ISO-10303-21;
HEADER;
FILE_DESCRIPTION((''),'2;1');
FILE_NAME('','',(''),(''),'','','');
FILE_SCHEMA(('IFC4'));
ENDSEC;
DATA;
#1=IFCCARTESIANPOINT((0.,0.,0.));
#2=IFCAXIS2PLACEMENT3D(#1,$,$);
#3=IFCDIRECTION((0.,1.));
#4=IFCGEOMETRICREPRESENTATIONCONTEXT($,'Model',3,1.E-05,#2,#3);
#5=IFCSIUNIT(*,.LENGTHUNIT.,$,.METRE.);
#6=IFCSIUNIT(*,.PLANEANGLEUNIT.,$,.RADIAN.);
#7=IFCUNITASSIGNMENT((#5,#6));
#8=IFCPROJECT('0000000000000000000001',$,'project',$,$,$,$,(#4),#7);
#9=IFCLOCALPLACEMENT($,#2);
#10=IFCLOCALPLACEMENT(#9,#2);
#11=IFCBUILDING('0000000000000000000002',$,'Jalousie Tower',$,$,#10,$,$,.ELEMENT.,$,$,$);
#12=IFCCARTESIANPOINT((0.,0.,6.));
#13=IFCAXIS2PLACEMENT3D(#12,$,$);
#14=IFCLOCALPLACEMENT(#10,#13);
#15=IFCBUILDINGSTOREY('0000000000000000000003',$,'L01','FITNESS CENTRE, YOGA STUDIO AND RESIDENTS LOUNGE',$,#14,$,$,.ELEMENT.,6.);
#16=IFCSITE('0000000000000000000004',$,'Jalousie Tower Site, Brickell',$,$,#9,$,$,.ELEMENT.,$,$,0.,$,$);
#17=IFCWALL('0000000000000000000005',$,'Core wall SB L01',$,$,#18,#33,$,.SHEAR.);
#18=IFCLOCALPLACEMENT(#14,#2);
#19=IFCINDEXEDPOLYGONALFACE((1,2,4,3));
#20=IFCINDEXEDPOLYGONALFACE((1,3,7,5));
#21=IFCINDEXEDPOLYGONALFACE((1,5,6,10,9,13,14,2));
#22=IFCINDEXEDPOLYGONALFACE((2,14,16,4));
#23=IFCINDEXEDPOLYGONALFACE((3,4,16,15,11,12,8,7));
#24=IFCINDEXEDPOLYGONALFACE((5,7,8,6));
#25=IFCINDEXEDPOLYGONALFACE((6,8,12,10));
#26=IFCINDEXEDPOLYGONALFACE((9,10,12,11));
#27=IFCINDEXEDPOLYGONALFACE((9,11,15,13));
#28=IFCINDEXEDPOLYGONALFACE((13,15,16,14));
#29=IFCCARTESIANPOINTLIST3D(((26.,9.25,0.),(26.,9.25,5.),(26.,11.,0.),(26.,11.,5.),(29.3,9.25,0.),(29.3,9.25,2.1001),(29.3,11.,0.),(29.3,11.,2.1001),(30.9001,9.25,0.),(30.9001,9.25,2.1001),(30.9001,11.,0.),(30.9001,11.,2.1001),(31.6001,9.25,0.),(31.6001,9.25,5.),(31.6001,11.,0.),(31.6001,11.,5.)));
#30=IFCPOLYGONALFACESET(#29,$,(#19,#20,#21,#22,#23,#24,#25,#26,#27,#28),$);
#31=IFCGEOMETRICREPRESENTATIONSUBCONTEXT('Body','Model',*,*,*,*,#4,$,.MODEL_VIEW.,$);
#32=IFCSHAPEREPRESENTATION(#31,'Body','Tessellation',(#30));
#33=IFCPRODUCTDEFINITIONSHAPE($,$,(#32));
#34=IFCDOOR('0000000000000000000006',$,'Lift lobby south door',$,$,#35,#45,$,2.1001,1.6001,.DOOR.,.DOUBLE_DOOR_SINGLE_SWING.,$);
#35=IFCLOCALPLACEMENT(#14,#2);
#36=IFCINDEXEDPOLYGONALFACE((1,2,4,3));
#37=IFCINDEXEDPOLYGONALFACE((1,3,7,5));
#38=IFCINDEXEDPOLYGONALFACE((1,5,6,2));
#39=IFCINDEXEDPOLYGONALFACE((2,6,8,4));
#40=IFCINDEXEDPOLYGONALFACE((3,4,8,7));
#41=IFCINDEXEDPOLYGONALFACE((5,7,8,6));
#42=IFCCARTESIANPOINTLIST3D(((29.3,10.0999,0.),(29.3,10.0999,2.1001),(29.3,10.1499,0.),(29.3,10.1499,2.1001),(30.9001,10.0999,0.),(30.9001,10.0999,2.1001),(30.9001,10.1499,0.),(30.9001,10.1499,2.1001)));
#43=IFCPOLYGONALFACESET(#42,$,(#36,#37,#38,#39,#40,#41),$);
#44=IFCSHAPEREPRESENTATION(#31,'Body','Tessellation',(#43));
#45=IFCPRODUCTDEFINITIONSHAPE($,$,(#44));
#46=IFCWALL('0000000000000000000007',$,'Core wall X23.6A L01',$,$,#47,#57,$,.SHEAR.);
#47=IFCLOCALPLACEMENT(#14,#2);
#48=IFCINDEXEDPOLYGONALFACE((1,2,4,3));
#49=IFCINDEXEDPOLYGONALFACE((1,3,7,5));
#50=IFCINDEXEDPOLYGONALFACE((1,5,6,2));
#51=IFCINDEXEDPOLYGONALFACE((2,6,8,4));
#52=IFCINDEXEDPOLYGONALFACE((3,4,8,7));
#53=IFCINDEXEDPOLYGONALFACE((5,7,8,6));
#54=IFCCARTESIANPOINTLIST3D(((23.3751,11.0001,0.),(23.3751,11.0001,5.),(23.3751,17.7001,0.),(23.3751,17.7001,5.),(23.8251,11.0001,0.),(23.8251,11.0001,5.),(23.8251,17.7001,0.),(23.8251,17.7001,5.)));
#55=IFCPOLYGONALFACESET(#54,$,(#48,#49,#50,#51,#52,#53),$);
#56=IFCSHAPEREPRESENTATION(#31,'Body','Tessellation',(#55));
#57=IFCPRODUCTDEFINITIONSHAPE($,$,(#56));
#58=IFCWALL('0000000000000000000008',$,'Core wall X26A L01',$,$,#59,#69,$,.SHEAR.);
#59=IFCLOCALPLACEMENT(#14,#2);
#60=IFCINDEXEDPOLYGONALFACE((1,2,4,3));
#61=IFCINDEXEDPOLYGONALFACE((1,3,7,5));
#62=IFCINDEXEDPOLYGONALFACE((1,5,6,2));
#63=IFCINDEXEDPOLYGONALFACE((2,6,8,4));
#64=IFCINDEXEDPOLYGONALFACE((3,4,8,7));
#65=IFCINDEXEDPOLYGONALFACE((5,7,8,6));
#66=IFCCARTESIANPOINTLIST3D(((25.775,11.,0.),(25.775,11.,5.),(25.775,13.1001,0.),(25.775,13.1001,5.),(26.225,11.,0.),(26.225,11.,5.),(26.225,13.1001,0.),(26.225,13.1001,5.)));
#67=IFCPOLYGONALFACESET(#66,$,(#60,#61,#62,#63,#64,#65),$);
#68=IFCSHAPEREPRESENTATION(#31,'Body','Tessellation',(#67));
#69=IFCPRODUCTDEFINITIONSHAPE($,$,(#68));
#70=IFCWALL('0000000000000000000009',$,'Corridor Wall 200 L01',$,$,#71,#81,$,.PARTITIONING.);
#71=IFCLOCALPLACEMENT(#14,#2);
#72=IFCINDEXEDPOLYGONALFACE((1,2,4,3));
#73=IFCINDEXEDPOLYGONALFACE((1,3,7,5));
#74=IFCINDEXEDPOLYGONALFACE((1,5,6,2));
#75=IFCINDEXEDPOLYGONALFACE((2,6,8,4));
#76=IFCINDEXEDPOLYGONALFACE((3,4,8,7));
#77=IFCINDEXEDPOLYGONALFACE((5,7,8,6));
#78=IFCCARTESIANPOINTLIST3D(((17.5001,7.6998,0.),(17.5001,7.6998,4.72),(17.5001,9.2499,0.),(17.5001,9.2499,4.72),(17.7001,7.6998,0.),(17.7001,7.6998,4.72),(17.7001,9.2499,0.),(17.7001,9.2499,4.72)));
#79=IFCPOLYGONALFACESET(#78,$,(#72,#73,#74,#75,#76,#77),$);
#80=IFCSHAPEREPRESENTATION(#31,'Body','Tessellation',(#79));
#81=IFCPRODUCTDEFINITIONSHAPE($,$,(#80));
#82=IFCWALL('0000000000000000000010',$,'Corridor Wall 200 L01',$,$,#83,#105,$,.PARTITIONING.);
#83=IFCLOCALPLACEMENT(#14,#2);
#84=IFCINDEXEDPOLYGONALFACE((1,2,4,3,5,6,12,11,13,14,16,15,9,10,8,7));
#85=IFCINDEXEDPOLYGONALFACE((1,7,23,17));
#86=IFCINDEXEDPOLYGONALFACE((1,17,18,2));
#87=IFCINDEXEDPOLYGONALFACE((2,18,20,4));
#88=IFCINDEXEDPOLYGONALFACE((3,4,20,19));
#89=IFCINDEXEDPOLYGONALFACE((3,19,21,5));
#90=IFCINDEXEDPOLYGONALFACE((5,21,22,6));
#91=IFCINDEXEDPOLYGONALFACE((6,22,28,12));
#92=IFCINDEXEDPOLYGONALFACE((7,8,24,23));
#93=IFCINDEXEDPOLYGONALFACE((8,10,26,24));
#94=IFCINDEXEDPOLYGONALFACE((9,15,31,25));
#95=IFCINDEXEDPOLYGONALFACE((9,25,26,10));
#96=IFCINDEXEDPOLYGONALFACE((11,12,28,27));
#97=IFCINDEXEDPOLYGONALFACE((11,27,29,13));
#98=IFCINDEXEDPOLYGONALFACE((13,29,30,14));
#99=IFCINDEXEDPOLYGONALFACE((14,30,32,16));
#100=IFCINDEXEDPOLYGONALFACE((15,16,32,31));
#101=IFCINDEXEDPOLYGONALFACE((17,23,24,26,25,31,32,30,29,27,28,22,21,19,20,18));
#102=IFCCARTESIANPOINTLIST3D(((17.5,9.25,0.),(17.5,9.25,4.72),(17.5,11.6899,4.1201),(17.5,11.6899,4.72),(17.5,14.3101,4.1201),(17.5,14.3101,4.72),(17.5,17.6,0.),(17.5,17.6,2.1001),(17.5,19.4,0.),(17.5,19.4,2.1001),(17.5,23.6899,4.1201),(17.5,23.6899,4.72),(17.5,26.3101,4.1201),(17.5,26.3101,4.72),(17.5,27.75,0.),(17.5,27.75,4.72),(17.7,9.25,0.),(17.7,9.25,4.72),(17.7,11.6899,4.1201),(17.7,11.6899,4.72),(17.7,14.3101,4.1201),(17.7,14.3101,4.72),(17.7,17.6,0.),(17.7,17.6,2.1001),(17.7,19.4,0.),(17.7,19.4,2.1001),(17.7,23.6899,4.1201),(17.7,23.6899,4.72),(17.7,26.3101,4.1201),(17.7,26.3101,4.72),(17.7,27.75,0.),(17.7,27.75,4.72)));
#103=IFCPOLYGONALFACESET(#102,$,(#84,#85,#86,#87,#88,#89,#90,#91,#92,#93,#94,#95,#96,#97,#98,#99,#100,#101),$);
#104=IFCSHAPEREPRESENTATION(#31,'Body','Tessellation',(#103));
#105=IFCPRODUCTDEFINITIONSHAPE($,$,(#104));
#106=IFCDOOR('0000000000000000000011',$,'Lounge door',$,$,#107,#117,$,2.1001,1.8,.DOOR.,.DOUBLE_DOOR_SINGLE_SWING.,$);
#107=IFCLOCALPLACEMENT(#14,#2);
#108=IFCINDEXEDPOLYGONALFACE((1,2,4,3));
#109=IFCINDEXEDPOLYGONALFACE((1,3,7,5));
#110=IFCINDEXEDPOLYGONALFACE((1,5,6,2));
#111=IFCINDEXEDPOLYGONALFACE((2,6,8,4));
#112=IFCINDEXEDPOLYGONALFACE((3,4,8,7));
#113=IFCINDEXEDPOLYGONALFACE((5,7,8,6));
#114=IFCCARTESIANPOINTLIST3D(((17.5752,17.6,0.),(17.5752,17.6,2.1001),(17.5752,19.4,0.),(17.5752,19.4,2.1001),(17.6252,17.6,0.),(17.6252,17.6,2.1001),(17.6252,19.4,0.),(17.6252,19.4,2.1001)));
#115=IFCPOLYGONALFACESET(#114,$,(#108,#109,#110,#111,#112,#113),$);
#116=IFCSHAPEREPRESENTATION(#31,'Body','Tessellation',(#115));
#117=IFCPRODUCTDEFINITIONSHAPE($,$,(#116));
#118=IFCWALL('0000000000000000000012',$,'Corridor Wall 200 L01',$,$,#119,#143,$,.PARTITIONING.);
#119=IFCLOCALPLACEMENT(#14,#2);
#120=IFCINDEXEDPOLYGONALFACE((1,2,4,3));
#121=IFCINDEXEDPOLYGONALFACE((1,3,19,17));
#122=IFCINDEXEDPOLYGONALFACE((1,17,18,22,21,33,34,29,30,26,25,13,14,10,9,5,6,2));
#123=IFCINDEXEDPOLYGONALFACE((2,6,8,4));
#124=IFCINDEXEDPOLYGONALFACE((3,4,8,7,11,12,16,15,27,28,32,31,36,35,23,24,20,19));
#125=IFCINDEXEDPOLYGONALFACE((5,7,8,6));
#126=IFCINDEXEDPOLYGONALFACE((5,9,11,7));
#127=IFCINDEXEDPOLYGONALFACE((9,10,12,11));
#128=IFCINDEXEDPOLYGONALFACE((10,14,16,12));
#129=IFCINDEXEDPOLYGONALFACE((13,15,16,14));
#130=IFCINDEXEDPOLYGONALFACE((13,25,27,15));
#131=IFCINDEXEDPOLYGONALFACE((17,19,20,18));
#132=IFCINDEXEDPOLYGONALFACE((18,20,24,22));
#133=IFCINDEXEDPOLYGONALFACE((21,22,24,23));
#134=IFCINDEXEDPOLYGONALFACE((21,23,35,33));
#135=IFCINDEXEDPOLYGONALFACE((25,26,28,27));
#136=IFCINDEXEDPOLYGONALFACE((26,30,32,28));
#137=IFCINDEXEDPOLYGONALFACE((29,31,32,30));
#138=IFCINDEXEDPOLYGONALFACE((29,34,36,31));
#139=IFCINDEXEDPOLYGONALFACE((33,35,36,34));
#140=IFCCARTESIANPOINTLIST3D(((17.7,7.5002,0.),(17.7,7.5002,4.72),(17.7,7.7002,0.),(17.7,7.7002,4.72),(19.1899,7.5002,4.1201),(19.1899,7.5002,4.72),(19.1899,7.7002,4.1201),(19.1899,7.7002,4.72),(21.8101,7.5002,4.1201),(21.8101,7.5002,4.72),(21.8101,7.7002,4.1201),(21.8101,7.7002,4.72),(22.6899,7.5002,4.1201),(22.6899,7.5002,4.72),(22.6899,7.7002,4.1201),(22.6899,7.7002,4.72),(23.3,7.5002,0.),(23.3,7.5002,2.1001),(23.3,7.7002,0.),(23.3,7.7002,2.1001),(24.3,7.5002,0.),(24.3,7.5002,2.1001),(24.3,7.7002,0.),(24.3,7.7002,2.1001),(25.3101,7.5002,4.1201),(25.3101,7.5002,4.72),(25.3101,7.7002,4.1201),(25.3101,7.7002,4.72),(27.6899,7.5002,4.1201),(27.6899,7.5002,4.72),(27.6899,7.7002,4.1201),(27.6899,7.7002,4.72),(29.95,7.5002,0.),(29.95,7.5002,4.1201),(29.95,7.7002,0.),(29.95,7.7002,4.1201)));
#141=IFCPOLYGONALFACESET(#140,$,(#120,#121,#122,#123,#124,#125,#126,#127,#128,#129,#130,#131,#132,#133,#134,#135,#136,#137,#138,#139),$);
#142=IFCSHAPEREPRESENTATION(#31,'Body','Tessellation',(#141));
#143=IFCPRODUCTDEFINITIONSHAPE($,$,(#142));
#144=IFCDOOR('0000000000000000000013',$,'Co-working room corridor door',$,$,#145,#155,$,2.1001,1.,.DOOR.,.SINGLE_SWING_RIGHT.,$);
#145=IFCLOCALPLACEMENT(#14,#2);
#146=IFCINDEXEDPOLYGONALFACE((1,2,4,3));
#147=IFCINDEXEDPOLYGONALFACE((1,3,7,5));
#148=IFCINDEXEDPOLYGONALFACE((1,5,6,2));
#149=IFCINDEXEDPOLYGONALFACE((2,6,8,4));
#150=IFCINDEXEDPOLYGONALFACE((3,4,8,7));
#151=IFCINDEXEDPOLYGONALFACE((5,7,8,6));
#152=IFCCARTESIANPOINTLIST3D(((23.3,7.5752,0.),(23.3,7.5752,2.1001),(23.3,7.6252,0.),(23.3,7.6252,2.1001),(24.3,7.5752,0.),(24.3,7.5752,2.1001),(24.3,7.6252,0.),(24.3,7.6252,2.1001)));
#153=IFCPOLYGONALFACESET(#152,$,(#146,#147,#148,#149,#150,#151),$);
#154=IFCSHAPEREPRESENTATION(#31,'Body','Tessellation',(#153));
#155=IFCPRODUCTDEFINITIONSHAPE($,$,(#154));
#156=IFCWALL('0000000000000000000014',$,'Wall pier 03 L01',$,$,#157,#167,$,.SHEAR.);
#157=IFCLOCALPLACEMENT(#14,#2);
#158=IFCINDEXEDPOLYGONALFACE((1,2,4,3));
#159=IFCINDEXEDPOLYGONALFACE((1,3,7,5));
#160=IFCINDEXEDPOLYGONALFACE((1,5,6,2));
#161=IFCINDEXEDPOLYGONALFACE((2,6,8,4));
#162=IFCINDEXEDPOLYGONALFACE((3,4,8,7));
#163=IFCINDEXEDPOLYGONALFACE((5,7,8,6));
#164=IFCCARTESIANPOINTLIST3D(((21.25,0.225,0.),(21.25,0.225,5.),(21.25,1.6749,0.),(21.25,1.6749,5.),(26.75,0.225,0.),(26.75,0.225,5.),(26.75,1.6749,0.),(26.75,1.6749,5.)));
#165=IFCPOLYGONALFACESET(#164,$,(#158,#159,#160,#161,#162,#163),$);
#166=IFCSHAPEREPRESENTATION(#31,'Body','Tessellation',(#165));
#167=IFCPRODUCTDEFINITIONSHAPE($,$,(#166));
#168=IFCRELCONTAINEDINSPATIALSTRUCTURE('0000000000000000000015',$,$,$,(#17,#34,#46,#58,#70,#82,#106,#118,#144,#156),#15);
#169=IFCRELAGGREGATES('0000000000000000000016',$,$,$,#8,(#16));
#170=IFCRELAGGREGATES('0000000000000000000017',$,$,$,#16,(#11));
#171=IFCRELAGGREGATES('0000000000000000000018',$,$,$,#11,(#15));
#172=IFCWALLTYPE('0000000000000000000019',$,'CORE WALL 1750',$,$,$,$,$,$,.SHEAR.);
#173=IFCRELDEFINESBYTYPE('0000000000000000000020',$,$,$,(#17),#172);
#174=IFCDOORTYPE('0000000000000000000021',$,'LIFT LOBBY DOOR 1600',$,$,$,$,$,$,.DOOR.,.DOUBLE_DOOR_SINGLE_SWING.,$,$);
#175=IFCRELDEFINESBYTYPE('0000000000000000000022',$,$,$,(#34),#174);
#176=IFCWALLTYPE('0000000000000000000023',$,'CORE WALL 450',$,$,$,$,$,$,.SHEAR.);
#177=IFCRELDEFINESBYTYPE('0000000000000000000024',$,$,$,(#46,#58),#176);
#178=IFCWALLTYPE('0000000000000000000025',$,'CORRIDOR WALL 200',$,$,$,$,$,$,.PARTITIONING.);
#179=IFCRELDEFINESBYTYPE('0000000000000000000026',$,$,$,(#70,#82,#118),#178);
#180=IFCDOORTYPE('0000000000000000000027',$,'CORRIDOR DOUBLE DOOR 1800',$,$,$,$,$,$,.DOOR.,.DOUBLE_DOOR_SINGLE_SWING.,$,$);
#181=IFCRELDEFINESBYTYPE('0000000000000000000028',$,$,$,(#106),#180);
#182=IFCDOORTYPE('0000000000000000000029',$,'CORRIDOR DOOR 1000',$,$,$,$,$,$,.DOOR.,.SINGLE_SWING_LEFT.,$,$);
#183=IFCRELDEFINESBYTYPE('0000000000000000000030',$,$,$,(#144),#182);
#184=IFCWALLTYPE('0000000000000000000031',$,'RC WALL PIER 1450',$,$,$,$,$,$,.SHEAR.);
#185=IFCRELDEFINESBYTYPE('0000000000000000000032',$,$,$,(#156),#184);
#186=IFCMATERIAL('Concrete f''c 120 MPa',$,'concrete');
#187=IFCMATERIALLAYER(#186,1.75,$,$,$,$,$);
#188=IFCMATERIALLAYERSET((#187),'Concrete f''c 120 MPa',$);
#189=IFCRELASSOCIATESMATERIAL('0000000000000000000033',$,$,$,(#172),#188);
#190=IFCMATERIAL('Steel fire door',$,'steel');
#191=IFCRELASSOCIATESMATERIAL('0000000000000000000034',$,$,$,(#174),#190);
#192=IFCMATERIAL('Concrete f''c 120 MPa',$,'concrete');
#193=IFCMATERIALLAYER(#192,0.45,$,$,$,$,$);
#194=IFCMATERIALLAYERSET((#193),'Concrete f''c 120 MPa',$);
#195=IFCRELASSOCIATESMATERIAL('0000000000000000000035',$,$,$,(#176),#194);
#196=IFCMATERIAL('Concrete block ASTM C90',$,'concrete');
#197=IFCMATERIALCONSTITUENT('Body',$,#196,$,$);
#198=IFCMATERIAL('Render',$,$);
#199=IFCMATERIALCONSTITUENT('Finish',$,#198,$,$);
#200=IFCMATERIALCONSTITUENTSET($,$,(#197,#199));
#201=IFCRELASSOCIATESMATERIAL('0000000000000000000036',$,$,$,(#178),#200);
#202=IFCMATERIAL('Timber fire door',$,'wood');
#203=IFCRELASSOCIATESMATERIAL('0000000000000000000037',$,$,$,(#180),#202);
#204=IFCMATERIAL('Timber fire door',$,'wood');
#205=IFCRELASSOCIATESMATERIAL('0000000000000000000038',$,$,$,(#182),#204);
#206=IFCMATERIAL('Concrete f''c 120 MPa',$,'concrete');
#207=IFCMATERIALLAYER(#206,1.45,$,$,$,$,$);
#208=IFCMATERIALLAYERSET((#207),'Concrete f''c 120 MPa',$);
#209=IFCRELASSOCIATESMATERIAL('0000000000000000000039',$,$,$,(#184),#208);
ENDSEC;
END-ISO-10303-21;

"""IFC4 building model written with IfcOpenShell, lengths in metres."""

from ifc_helpers import new_model, si_unit, direction, frame, frame_2d, origin, place, context, subcontext, project, spatial, polyline, rectangle, outline, extrude, material, layer, layer_set, constituent, constituent_set, type_object, element, fill, save


model = new_model("IFC4")

# Units and contexts
model_context = context("Model", 3, precision=1e-05, world=origin(), true_north=direction((0.0, 1.0)))
body_context = subcontext(model_context, "Body", "Model", "MODEL_VIEW")
ifc_project = project(units=[si_unit("LENGTHUNIT", "METRE"), si_unit("PLANEANGLEUNIT", "RADIAN")], contexts=[model_context])

# Site, building, storey
site_placement = place(None, origin())
site = spatial("IfcSite", under=ifc_project, at=site_placement, Name="Jalousie Tower Site, Brickell", CompositionType="ELEMENT", RefElevation=0.0)
building_placement = place(site_placement, origin())
building = spatial("IfcBuilding", under=site, at=building_placement, Name="Jalousie Tower", CompositionType="ELEMENT")
storey_placement = place(building_placement, frame((0.0, 0.0, 6.0)))
storey = spatial("IfcBuildingStorey", under=building, at=storey_placement, Name="L01", Description="FITNESS CENTRE, YOGA STUDIO AND RESIDENTS LOUNGE", CompositionType="ELEMENT", Elevation=6.0)

# Wall, opening, door
ifc_material_1 = material(Name="Concrete f'c 120 MPa", Category="concrete")
ifc_layer_1 = layer(ifc_material_1, 1.75)
ifc_layer_set_1 = layer_set([ifc_layer_1], Name="Concrete f'c 120 MPa")
wall_type_1 = type_object("IfcWallType", Name="CORE WALL 1750", PredefinedType="SHEAR", material=ifc_layer_set_1)
wall_1_placement = place(storey_placement, frame((26.0, 10.125, 0.0), z_axis=(0.0, 0.0, 1.0), x_axis=(1.0, 0.0, 0.0)))
wall_1 = element("IfcWall", 1, at=wall_1_placement, inside=storey, type_object=wall_type_1, Name="Core wall SB L01", PredefinedType="SHEAR", context=body_context, shape_type="SweptSolid", body=[
    extrude(rectangle(XDim=5.6001, YDim=1.75, at=frame_2d((2.8, 0.0))), origin(), (0.0, 0.0, 1.0), 5.0),
])
opening_1_placement = place(wall_1_placement, frame((3.3, 0.0, 0.0)))
opening_1 = element("IfcOpeningElement", 2, at=opening_1_placement, cuts=wall_1, PredefinedType="OPENING", context=body_context, shape_type="SweptSolid", body=[
    extrude(rectangle(XDim=1.6001, YDim=2.1001, at=frame_2d((0.8, 1.05))), frame((0.0, 0.885, 0.0), z_axis=(0.0, -1.0, 0.0), x_axis=(1.0, 0.0, 0.0)), (0.0, 0.0, 1.0), 1.77),
])
ifc_material_2 = material(Name="Steel fire door", Category="steel")
door_type_1 = type_object("IfcDoorType", Name="LIFT LOBBY DOOR 1600", OperationType="DOUBLE_DOOR_SINGLE_SWING", PredefinedType="DOOR", material=ifc_material_2)
door_1_placement = place(opening_1_placement, origin())
door_1 = element("IfcDoor", 3, at=door_1_placement, inside=storey, type_object=door_type_1, Name="Lift lobby south door", OperationType="DOUBLE_DOOR_SINGLE_SWING", OverallHeight=2.1001, OverallWidth=1.6001, PredefinedType="DOOR", context=body_context, shape_type="SweptSolid", body=[
    extrude(rectangle(XDim=1.6001, YDim=2.1001, at=frame_2d((0.8, 1.05))), frame((0.0, 0.0249, 0.0), z_axis=(0.0, -1.0, 0.0), x_axis=(1.0, 0.0, 0.0)), (0.0, 0.0, 1.0), 0.05),
])
fill(opening_1, door_1)

# Walls
ifc_material_3 = material(Name="Concrete f'c 120 MPa", Category="concrete")
ifc_layer_2 = layer(ifc_material_3, 0.45)
ifc_layer_set_2 = layer_set([ifc_layer_2], Name="Concrete f'c 120 MPa")
wall_type_2 = type_object("IfcWallType", Name="CORE WALL 450", PredefinedType="SHEAR", material=ifc_layer_set_2)
wall_2_placement = place(storey_placement, frame((23.6001, 11.0, 0.0), z_axis=(0.0, 0.0, 1.0), x_axis=(0.0, 1.0, 0.0)))
element("IfcWall", 4, at=wall_2_placement, inside=storey, type_object=wall_type_2, Name="Core wall X23.6A L01", PredefinedType="SHEAR", context=body_context, shape_type="SweptSolid", body=[
    extrude(rectangle(XDim=6.7, YDim=0.45, at=frame_2d((3.3501, 0.0))), origin(), (0.0, 0.0, 1.0), 5.0),
])
wall_3_placement = place(storey_placement, frame((26.0, 11.0, 0.0), z_axis=(0.0, 0.0, 1.0), x_axis=(0.0, 1.0, 0.0)))
element("IfcWall", 5, at=wall_3_placement, inside=storey, type_object=wall_type_2, Name="Core wall X26A L01", PredefinedType="SHEAR", context=body_context, shape_type="SweptSolid", body=[
    extrude(rectangle(XDim=2.1001, YDim=0.45, at=frame_2d((1.05, 0.0))), origin(), (0.0, 0.0, 1.0), 5.0),
])
ifc_material_4 = material(Name="Concrete block ASTM C90", Category="concrete")
ifc_constituent_1 = constituent(ifc_material_4, Name="Body")
ifc_material_5 = material(Name="Render")
ifc_constituent_2 = constituent(ifc_material_5, Name="Finish")
ifc_constituent_set = constituent_set(constituents=[ifc_constituent_1, ifc_constituent_2])
wall_type_3 = type_object("IfcWallType", Name="CORRIDOR WALL 200", PredefinedType="PARTITIONING", material=ifc_constituent_set)
wall_4_placement = place(storey_placement, frame((17.6001, 7.7, 0.0), z_axis=(0.0, 0.0, 1.0), x_axis=(0.0, 1.0, 0.0)))
element("IfcWall", 6, at=wall_4_placement, inside=storey, type_object=wall_type_3, Name="Corridor Wall 200 L01", PredefinedType="PARTITIONING", context=body_context, shape_type="SweptSolid", body=[
    extrude(rectangle(XDim=1.55, YDim=0.2, at=frame_2d((0.7749, 0.0))), origin(), (0.0, 0.0, 1.0), 4.72),
])

# Walls, openings, doors
wall_5_placement = place(storey_placement, frame((17.6001, 9.25, 0.0), z_axis=(0.0, 0.0, 1.0), x_axis=(0.0, 1.0, 0.0)))
wall_5 = element("IfcWall", 7, at=wall_5_placement, inside=storey, type_object=wall_type_3, Name="Corridor Wall 200 L01", PredefinedType="PARTITIONING", context=body_context, shape_type="SweptSolid", body=[
    extrude(outline(polyline([(0.0, 0.0), (18.5, 0.0), (18.5, 4.72), (17.0601, 4.72), (17.0601, 4.1201), (14.4399, 4.1201), (14.4399, 4.72), (5.0601, 4.72), (5.0601, 4.1201), (2.4399, 4.1201), (2.4399, 4.72), (0.0, 4.72), (0.0, 0.0)])), frame((0.0, 0.1001, 0.0), z_axis=(0.0, -1.0, 0.0), x_axis=(1.0, 0.0, 0.0)), (0.0, 0.0, 1.0), 0.2),
])
opening_2_placement = place(wall_5_placement, frame((8.3501, 0.0, 0.0)))
opening_2 = element("IfcOpeningElement", 8, at=opening_2_placement, cuts=wall_5, PredefinedType="OPENING", context=body_context, shape_type="SweptSolid", body=[
    extrude(rectangle(XDim=1.8, YDim=2.1001, at=frame_2d((0.8999, 1.05))), frame((0.0, 0.1099, 0.0), z_axis=(0.0, -1.0, 0.0), x_axis=(1.0, 0.0, 0.0)), (0.0, 0.0, 1.0), 0.22),
])
ifc_material_6 = material(Name="Timber fire door", Category="wood")
door_type_2 = type_object("IfcDoorType", Name="CORRIDOR DOUBLE DOOR 1800", OperationType="DOUBLE_DOOR_SINGLE_SWING", PredefinedType="DOOR", material=ifc_material_6)
door_2_placement = place(opening_2_placement, origin())
door_2 = element("IfcDoor", 9, at=door_2_placement, inside=storey, type_object=door_type_2, Name="Lounge door", OperationType="DOUBLE_DOOR_SINGLE_SWING", OverallHeight=2.1001, OverallWidth=1.8, PredefinedType="DOOR", context=body_context, shape_type="SweptSolid", body=[
    extrude(rectangle(XDim=1.8, YDim=2.1001, at=frame_2d((0.8999, 1.05))), frame((0.0, 0.0249, 0.0), z_axis=(0.0, -1.0, 0.0), x_axis=(1.0, 0.0, 0.0)), (0.0, 0.0, 1.0), 0.05),
])
fill(opening_2, door_2)
wall_6_placement = place(storey_placement, frame((17.7, 7.6001, 0.0), z_axis=(0.0, 0.0, 1.0), x_axis=(1.0, 0.0, 0.0)))
wall_6 = element("IfcWall", 10, at=wall_6_placement, inside=storey, type_object=wall_type_3, Name="Corridor Wall 200 L01", PredefinedType="PARTITIONING", context=body_context, shape_type="SweptSolid", body=[
    extrude(outline(polyline([(0.0, 0.0), (12.25, 0.0), (12.25, 4.72), (12.25, 4.1201), (9.99, 4.1201), (9.99, 4.72), (7.6101, 4.72), (7.6101, 4.1201), (4.99, 4.1201), (4.99, 4.72), (4.1101, 4.72), (4.1101, 4.1201), (1.49, 4.1201), (1.49, 4.72), (0.0, 4.72), (0.0, 0.0)])), frame((0.0, 0.1001, 0.0), z_axis=(0.0, -1.0, 0.0), x_axis=(1.0, 0.0, 0.0)), (0.0, 0.0, 1.0), 0.2),
])
opening_3_placement = place(wall_6_placement, frame((5.6001, 0.0, 0.0)))
opening_3 = element("IfcOpeningElement", 11, at=opening_3_placement, cuts=wall_6, PredefinedType="OPENING", context=body_context, shape_type="SweptSolid", body=[
    extrude(rectangle(XDim=1.0, YDim=2.1001, at=frame_2d((0.5, 1.05))), frame((0.0, 0.1099, 0.0), z_axis=(0.0, -1.0, 0.0), x_axis=(1.0, 0.0, 0.0)), (0.0, 0.0, 1.0), 0.22),
])
ifc_material_7 = material(Name="Timber fire door", Category="wood")
door_type_3 = type_object("IfcDoorType", Name="CORRIDOR DOOR 1000", OperationType="SINGLE_SWING_LEFT", PredefinedType="DOOR", material=ifc_material_7)
door_3_placement = place(opening_3_placement, frame((1.0, 0.0, 0.0), z_axis=(0.0, 0.0, 1.0), x_axis=(-1.0, 0.0, 0.0)))
door_3 = element("IfcDoor", 12, at=door_3_placement, inside=storey, type_object=door_type_3, Name="Co-working room corridor door", OperationType="SINGLE_SWING_RIGHT", OverallHeight=2.1001, OverallWidth=1.0, PredefinedType="DOOR", context=body_context, shape_type="SweptSolid", body=[
    extrude(rectangle(XDim=1.0, YDim=2.1001, at=frame_2d((0.5, 1.05))), frame((0.0, 0.0249, 0.0), z_axis=(0.0, -1.0, 0.0), x_axis=(1.0, 0.0, 0.0)), (0.0, 0.0, 1.0), 0.05),
])
fill(opening_3, door_3)

# Wall
ifc_material_8 = material(Name="Concrete f'c 120 MPa", Category="concrete")
ifc_layer_3 = layer(ifc_material_8, 1.45)
ifc_layer_set_3 = layer_set([ifc_layer_3], Name="Concrete f'c 120 MPa")
wall_type_4 = type_object("IfcWallType", Name="RC WALL PIER 1450", PredefinedType="SHEAR", material=ifc_layer_set_3)
wall_7_placement = place(storey_placement, frame((21.25, 0.95, 0.0), z_axis=(0.0, 0.0, 1.0), x_axis=(1.0, 0.0, 0.0)))
element("IfcWall", 13, at=wall_7_placement, inside=storey, type_object=wall_type_4, Name="Wall pier 03 L01", PredefinedType="SHEAR", context=body_context, shape_type="SweptSolid", body=[
    extrude(rectangle(XDim=5.5, YDim=1.45, at=frame_2d((2.75, 0.0))), origin(), (0.0, 0.0, 1.0), 5.0),
])

save(model, "model.ifc")
